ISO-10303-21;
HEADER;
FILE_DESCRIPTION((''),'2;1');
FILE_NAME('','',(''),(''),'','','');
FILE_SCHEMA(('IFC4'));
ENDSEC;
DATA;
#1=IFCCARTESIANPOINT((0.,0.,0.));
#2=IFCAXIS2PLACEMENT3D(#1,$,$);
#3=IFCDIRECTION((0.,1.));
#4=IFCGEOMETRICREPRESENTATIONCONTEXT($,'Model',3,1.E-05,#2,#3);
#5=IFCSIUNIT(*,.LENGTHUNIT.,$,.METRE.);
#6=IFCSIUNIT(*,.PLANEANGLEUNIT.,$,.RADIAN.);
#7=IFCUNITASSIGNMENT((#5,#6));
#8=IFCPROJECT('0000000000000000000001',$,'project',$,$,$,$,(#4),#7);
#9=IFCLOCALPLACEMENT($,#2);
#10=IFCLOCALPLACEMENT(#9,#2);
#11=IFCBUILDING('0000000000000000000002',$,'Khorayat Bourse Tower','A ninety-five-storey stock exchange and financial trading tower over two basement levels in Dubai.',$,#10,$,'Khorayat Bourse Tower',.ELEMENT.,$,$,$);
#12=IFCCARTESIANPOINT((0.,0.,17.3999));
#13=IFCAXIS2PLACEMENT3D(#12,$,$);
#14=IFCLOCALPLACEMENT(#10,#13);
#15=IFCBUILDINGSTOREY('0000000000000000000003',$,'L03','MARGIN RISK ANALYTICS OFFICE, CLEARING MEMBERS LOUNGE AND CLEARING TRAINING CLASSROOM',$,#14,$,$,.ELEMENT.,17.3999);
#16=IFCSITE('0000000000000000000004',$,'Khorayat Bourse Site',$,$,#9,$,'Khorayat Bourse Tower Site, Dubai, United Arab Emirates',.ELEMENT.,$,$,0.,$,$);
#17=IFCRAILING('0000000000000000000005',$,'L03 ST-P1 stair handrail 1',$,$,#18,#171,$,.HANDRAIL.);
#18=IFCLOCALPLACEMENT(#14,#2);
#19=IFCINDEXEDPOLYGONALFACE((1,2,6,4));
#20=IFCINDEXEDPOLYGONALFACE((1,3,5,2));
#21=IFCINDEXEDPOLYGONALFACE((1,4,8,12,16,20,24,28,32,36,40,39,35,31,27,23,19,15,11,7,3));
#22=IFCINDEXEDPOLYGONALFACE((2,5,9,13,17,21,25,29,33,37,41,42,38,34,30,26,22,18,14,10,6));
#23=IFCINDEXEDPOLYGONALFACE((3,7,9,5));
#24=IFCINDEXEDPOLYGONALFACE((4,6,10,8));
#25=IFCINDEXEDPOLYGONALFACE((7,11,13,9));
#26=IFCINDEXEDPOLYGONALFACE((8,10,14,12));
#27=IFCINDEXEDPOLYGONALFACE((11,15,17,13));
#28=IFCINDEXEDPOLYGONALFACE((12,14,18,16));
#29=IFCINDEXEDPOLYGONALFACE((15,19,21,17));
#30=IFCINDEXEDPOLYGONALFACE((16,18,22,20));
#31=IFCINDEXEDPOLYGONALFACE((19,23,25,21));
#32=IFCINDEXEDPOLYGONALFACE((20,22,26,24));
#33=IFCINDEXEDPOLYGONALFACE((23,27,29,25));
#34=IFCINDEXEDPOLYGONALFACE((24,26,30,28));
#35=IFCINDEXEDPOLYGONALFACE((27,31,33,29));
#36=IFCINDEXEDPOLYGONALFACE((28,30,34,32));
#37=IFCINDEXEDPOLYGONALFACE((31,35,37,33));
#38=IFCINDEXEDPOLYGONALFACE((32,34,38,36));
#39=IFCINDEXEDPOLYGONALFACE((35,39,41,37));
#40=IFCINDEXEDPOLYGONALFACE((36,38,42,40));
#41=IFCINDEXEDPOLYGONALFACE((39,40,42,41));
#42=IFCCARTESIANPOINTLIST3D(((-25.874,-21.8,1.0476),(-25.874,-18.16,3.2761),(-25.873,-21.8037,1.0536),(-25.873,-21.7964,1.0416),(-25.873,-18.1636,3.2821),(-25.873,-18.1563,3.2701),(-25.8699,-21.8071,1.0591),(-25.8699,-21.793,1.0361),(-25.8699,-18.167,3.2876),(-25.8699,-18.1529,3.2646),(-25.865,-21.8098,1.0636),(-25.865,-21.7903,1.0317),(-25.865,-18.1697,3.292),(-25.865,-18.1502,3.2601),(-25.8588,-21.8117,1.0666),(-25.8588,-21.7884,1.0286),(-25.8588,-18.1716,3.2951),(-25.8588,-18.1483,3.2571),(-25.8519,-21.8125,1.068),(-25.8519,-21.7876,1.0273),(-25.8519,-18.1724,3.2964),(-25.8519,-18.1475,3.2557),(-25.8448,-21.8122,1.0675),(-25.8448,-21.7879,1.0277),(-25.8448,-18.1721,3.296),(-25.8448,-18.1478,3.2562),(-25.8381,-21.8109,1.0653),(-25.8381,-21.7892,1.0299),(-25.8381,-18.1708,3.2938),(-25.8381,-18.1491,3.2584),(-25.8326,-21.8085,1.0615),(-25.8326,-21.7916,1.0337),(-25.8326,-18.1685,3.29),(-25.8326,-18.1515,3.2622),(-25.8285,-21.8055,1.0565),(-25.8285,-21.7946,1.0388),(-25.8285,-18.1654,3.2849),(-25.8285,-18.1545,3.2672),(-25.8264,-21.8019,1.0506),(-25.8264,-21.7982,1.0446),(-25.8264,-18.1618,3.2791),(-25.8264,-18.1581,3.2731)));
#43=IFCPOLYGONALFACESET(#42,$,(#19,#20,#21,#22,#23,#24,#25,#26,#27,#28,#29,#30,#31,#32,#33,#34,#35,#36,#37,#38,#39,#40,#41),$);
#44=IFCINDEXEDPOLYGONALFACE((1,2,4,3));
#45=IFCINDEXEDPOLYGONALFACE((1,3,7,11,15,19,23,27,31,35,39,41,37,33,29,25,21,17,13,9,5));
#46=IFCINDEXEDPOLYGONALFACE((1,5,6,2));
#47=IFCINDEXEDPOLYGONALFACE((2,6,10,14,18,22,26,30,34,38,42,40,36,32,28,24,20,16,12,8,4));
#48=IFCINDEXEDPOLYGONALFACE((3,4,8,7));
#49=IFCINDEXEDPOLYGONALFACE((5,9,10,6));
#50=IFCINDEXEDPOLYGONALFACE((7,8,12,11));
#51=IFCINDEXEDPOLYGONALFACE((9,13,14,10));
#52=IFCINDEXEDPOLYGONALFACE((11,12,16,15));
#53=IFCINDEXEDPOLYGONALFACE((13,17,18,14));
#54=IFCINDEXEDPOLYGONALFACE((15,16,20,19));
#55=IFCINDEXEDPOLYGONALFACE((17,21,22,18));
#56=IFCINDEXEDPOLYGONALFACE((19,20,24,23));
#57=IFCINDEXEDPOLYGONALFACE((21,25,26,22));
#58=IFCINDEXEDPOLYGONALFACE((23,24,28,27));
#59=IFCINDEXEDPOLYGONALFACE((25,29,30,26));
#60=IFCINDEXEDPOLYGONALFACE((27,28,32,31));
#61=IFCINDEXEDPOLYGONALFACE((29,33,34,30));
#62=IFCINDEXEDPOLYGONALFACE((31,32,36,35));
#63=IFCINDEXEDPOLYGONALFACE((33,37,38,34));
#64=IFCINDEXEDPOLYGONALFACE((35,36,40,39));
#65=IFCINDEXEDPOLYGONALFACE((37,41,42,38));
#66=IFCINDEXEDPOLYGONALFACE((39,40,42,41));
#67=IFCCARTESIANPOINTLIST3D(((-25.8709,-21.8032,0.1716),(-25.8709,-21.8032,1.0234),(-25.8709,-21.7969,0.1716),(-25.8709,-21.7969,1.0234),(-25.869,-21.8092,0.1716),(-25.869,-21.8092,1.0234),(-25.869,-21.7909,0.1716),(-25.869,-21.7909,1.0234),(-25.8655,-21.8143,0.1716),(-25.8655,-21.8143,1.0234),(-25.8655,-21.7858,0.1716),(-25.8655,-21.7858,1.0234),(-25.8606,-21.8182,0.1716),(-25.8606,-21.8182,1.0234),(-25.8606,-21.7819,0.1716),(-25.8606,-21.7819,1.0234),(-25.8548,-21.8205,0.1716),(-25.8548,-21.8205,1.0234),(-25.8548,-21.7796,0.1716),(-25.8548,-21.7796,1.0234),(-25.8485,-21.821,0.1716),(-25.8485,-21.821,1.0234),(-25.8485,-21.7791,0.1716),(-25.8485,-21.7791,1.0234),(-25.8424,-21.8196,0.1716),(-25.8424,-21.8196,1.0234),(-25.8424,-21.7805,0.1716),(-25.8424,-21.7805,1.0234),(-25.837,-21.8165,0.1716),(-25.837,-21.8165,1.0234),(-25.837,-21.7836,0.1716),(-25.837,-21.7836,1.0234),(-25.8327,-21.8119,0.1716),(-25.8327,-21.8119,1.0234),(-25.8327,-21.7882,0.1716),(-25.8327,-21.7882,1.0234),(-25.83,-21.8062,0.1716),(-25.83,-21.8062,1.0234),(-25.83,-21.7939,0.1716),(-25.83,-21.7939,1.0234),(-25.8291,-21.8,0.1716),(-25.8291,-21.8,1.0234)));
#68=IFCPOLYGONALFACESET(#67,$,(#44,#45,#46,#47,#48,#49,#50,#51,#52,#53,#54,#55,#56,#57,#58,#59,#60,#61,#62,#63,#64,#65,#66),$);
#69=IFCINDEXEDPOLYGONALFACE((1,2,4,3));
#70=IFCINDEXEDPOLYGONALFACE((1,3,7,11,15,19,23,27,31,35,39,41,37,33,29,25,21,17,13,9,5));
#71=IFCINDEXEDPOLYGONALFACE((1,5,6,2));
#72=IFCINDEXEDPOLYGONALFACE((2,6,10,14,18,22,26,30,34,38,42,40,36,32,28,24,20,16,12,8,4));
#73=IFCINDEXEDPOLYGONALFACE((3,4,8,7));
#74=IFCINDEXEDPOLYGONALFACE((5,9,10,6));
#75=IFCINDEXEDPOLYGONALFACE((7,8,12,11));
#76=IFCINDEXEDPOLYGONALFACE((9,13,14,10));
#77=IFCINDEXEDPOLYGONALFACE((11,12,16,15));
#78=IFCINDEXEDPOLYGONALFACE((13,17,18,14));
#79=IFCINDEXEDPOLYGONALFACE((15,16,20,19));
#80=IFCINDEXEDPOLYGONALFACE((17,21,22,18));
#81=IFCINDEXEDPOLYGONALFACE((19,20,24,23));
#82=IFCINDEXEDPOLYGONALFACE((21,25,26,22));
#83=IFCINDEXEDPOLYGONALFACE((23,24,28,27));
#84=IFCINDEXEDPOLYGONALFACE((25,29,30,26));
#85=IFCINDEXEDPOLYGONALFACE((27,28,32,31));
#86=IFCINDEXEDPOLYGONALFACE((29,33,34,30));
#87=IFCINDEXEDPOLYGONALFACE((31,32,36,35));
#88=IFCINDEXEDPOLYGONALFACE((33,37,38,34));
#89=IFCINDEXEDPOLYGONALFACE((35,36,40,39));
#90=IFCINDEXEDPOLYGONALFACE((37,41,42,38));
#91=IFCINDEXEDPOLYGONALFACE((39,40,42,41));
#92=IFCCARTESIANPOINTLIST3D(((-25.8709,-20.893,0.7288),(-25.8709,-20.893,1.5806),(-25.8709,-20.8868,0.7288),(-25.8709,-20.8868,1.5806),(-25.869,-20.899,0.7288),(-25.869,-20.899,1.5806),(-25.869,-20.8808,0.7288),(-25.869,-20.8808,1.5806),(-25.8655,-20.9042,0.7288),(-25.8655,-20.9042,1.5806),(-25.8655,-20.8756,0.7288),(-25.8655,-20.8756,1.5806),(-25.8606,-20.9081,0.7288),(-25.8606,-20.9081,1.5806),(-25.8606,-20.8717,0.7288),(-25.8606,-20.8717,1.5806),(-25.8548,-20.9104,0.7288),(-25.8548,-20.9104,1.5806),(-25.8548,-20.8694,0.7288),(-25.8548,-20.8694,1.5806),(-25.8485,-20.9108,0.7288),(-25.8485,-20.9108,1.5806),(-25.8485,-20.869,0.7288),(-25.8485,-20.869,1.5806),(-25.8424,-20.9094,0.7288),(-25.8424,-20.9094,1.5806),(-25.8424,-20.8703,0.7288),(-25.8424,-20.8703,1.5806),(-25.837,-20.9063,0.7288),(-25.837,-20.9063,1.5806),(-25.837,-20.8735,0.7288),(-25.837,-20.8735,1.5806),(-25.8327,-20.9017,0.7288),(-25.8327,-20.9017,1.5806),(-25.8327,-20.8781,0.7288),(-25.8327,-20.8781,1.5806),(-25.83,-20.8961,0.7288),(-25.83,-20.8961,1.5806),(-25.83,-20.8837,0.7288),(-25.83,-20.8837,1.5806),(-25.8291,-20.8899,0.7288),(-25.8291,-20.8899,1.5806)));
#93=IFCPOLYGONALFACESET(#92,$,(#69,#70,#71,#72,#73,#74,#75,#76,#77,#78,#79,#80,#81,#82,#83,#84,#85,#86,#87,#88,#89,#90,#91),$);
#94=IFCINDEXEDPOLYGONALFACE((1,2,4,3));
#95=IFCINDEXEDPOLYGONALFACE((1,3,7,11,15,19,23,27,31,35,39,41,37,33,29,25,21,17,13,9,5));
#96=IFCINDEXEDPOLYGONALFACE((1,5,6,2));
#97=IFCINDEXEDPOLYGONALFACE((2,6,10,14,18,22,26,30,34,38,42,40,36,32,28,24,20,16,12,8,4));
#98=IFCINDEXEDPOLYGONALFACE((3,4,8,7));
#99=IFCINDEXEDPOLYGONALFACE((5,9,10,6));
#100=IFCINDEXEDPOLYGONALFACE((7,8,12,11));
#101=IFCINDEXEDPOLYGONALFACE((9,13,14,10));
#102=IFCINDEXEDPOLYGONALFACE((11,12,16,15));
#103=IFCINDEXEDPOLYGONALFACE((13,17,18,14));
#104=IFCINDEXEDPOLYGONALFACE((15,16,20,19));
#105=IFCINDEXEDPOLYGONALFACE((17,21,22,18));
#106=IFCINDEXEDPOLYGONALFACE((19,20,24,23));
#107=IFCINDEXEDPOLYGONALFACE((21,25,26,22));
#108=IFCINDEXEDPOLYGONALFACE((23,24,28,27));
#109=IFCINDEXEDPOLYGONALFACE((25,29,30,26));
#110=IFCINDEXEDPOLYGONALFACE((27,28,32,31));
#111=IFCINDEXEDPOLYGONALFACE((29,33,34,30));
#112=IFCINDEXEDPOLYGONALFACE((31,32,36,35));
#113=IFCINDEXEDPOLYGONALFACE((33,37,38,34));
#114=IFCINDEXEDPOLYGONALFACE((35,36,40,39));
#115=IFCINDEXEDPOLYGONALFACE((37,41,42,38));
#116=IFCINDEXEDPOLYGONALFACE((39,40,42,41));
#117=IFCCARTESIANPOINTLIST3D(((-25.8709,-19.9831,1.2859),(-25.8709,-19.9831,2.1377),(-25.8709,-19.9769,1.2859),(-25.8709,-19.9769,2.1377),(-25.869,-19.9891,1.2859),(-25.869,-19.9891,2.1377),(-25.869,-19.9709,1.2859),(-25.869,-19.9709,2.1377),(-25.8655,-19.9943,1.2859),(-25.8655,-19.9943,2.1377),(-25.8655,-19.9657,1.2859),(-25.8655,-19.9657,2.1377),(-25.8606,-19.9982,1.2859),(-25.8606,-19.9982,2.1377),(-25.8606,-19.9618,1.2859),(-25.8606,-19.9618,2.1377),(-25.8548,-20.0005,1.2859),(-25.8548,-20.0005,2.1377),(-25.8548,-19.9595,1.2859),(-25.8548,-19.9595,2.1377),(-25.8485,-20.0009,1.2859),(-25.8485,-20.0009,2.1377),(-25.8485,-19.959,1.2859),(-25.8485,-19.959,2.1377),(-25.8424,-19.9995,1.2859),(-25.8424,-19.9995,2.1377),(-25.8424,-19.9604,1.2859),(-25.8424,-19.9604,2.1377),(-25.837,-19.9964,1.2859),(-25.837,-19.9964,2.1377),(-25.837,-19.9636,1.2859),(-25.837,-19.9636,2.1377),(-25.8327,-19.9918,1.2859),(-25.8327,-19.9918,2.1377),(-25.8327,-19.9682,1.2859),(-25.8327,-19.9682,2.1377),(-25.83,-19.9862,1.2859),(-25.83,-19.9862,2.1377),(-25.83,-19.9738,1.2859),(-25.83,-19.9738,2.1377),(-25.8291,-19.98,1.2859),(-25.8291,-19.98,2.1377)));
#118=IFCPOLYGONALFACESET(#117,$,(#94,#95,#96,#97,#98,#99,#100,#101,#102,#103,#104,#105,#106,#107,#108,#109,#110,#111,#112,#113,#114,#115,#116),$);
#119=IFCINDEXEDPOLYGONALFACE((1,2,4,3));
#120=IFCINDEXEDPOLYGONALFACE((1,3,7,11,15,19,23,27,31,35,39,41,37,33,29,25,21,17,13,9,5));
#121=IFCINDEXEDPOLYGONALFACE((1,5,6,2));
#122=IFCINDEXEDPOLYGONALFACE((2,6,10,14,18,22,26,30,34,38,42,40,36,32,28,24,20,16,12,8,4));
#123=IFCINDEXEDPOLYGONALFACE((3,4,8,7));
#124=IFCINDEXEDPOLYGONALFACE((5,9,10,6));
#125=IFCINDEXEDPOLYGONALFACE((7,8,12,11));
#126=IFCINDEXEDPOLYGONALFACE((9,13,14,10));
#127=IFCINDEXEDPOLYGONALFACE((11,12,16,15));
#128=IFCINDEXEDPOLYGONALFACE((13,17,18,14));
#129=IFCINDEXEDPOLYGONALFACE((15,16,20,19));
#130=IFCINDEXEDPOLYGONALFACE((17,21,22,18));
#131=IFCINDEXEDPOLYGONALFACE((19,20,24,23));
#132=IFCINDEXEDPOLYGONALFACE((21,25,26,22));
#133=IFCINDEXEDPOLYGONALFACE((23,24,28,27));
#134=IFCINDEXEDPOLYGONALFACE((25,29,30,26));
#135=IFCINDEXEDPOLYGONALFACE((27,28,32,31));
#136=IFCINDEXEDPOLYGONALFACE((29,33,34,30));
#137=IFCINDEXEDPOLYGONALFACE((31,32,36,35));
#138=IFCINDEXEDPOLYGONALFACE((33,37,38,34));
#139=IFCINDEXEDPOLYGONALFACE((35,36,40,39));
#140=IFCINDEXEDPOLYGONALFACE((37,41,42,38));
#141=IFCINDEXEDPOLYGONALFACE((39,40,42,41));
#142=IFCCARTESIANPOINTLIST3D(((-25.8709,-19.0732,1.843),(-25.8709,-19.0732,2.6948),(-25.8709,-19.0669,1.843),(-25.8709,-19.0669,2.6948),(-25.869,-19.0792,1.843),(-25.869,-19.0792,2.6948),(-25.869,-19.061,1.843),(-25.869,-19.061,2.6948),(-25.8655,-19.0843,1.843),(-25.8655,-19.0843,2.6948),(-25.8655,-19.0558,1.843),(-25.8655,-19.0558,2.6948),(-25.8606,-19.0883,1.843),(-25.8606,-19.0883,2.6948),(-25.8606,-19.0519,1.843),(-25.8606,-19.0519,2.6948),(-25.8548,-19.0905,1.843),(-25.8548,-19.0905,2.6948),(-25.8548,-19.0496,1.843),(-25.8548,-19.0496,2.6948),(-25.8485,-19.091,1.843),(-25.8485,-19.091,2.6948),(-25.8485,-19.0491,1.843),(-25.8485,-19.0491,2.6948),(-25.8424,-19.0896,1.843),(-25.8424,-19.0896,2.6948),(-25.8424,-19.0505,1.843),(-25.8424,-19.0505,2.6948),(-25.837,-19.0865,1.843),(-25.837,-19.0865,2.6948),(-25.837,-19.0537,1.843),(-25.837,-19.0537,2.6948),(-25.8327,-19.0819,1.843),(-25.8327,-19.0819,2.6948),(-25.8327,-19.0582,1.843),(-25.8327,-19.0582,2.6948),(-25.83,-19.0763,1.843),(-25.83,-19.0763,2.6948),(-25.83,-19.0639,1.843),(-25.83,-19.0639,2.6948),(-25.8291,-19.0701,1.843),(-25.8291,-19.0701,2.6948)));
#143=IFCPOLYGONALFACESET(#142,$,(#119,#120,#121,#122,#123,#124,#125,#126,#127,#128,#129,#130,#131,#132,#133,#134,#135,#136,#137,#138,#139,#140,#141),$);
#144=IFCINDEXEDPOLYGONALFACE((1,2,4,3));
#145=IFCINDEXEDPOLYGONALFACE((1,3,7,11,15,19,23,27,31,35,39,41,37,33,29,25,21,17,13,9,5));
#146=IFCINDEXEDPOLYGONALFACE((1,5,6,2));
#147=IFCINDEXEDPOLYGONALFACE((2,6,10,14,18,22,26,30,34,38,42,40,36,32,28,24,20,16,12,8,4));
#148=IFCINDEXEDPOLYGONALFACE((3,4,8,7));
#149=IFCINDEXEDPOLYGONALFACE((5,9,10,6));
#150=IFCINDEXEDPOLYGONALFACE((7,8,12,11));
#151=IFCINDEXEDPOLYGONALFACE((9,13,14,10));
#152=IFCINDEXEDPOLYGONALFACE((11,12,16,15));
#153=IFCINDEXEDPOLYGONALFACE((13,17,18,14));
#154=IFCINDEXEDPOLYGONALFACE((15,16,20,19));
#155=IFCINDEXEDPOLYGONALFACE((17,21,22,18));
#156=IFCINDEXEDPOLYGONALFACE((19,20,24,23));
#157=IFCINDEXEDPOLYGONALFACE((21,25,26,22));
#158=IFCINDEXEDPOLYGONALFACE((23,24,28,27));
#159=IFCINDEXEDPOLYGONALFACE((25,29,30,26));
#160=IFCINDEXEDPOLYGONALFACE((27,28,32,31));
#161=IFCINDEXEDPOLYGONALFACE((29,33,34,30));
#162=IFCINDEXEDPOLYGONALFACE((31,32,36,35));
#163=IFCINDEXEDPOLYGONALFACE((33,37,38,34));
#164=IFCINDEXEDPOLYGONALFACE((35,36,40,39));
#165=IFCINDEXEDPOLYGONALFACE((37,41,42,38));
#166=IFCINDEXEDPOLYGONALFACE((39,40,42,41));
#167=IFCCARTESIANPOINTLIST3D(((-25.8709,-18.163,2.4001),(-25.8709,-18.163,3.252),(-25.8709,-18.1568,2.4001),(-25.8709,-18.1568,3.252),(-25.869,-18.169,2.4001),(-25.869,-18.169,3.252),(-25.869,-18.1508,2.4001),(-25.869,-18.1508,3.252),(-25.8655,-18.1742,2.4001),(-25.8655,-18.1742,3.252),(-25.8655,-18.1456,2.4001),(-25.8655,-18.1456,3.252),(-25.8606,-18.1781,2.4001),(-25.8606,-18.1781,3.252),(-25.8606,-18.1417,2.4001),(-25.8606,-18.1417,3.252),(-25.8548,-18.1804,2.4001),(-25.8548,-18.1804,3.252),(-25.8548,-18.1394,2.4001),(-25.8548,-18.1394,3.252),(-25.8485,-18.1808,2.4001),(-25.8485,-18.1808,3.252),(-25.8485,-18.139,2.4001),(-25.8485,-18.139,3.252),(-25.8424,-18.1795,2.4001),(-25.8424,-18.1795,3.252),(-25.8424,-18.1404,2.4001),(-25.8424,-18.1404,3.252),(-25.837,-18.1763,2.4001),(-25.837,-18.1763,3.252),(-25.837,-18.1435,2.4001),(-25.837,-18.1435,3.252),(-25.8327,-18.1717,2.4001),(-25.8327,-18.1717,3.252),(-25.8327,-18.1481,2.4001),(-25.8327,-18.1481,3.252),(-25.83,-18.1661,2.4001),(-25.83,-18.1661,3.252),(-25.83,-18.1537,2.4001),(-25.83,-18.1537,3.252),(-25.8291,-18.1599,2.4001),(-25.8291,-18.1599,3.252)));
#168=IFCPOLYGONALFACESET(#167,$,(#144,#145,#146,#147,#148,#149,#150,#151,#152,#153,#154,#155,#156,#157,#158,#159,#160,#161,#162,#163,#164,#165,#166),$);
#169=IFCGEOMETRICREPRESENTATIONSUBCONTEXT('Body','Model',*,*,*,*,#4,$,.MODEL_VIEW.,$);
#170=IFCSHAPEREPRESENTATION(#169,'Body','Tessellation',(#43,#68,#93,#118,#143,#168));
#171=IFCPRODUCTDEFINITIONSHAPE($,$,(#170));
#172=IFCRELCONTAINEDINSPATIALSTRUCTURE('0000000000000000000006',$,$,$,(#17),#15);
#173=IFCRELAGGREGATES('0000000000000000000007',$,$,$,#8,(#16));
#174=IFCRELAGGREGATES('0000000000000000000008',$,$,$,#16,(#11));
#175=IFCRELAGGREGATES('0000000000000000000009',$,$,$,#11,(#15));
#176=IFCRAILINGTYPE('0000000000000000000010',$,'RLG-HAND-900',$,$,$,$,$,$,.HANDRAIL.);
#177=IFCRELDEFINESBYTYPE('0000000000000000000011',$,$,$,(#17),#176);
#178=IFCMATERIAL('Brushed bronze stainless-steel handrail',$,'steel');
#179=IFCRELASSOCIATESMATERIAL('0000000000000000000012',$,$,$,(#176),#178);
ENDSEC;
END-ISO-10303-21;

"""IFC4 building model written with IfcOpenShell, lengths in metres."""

from ifc_helpers import new_model, si_unit, direction, frame, origin, origin_2d, place, context, subcontext, project, spatial, circle, extrude, source, transform, mapped, material, type_object, element, save


model = new_model("IFC4")

# Units and contexts
model_context = context("Model", 3, precision=1e-05, world=origin(), true_north=direction((0.0, 1.0)))
body_context = subcontext(model_context, "Body", "Model", "MODEL_VIEW")
ifc_project = project(units=[si_unit("LENGTHUNIT", "METRE"), si_unit("PLANEANGLEUNIT", "RADIAN")], contexts=[model_context])

# Site, building, storey
site_placement = place(None, origin())
site = spatial("IfcSite", under=ifc_project, at=site_placement, Name="Khorayat Bourse Site", LongName="Khorayat Bourse Tower Site, Dubai, United Arab Emirates", CompositionType="ELEMENT", RefElevation=0.0)
building_placement = place(site_placement, origin())
building = spatial("IfcBuilding", under=site, at=building_placement, Name="Khorayat Bourse Tower", Description="A ninety-five-storey stock exchange and financial trading tower over two basement levels in Dubai.", LongName="Khorayat Bourse Tower", CompositionType="ELEMENT")
storey_placement = place(building_placement, frame((0.0, 0.0, 17.3999)))
storey = spatial("IfcBuildingStorey", under=building, at=storey_placement, Name="L03", Description="MARGIN RISK ANALYTICS OFFICE, CLEARING MEMBERS LOUNGE AND CLEARING TRAINING CLASSROOM", CompositionType="ELEMENT", Elevation=17.3999)

# Railing
ifc_material_1 = material(Name="Brushed bronze stainless-steel handrail", Category="steel")
railing_type_1 = type_object("IfcRailingType", Name="RLG-HAND-900", PredefinedType="HANDRAIL", material=ifc_material_1)
shared_shape_1 = source(origin(), body_context, "Body", "SweptSolid", [
    extrude(circle(Radius=0.0239, at=origin_2d()), frame((0.0, 0.0, 0.876), z_axis=(0.0, 0.852866, 0.52213), x_axis=(-1.0, 0.0, 0.0)), (0.0, 0.0, 1.0), 4.2681),
    extrude(circle(Radius=0.021, at=origin_2d()), origin(), (0.0, 0.0, 1.0), 0.8518),
    extrude(circle(Radius=0.021, at=origin_2d()), frame((0.0, 0.9102, 0.5571)), (0.0, 0.0, 1.0), 0.8518),
    extrude(circle(Radius=0.021, at=origin_2d()), frame((0.0, 1.8201, 1.1143)), (0.0, 0.0, 1.0), 0.8518),
    extrude(circle(Radius=0.021, at=origin_2d()), frame((0.0, 2.73, 1.6714)), (0.0, 0.0, 1.0), 0.8518),
    extrude(circle(Radius=0.021, at=origin_2d()), frame((0.0, 3.6401, 2.2285)), (0.0, 0.0, 1.0), 0.8518),
])
railing_1_placement = place(storey_placement, frame((-25.8501, -21.8, 0.1716)))
element("IfcRailing", 1, at=railing_1_placement, inside=storey, type_object=railing_type_1, Name="L03 ST-P1 stair handrail 1", PredefinedType="HANDRAIL", context=body_context, shape_type="MappedRepresentation", body=[
    mapped(shared_shape_1, transform((0.0, 0.0, 0.0), scale=1.0)),
])

save(model, "model.ifc")
